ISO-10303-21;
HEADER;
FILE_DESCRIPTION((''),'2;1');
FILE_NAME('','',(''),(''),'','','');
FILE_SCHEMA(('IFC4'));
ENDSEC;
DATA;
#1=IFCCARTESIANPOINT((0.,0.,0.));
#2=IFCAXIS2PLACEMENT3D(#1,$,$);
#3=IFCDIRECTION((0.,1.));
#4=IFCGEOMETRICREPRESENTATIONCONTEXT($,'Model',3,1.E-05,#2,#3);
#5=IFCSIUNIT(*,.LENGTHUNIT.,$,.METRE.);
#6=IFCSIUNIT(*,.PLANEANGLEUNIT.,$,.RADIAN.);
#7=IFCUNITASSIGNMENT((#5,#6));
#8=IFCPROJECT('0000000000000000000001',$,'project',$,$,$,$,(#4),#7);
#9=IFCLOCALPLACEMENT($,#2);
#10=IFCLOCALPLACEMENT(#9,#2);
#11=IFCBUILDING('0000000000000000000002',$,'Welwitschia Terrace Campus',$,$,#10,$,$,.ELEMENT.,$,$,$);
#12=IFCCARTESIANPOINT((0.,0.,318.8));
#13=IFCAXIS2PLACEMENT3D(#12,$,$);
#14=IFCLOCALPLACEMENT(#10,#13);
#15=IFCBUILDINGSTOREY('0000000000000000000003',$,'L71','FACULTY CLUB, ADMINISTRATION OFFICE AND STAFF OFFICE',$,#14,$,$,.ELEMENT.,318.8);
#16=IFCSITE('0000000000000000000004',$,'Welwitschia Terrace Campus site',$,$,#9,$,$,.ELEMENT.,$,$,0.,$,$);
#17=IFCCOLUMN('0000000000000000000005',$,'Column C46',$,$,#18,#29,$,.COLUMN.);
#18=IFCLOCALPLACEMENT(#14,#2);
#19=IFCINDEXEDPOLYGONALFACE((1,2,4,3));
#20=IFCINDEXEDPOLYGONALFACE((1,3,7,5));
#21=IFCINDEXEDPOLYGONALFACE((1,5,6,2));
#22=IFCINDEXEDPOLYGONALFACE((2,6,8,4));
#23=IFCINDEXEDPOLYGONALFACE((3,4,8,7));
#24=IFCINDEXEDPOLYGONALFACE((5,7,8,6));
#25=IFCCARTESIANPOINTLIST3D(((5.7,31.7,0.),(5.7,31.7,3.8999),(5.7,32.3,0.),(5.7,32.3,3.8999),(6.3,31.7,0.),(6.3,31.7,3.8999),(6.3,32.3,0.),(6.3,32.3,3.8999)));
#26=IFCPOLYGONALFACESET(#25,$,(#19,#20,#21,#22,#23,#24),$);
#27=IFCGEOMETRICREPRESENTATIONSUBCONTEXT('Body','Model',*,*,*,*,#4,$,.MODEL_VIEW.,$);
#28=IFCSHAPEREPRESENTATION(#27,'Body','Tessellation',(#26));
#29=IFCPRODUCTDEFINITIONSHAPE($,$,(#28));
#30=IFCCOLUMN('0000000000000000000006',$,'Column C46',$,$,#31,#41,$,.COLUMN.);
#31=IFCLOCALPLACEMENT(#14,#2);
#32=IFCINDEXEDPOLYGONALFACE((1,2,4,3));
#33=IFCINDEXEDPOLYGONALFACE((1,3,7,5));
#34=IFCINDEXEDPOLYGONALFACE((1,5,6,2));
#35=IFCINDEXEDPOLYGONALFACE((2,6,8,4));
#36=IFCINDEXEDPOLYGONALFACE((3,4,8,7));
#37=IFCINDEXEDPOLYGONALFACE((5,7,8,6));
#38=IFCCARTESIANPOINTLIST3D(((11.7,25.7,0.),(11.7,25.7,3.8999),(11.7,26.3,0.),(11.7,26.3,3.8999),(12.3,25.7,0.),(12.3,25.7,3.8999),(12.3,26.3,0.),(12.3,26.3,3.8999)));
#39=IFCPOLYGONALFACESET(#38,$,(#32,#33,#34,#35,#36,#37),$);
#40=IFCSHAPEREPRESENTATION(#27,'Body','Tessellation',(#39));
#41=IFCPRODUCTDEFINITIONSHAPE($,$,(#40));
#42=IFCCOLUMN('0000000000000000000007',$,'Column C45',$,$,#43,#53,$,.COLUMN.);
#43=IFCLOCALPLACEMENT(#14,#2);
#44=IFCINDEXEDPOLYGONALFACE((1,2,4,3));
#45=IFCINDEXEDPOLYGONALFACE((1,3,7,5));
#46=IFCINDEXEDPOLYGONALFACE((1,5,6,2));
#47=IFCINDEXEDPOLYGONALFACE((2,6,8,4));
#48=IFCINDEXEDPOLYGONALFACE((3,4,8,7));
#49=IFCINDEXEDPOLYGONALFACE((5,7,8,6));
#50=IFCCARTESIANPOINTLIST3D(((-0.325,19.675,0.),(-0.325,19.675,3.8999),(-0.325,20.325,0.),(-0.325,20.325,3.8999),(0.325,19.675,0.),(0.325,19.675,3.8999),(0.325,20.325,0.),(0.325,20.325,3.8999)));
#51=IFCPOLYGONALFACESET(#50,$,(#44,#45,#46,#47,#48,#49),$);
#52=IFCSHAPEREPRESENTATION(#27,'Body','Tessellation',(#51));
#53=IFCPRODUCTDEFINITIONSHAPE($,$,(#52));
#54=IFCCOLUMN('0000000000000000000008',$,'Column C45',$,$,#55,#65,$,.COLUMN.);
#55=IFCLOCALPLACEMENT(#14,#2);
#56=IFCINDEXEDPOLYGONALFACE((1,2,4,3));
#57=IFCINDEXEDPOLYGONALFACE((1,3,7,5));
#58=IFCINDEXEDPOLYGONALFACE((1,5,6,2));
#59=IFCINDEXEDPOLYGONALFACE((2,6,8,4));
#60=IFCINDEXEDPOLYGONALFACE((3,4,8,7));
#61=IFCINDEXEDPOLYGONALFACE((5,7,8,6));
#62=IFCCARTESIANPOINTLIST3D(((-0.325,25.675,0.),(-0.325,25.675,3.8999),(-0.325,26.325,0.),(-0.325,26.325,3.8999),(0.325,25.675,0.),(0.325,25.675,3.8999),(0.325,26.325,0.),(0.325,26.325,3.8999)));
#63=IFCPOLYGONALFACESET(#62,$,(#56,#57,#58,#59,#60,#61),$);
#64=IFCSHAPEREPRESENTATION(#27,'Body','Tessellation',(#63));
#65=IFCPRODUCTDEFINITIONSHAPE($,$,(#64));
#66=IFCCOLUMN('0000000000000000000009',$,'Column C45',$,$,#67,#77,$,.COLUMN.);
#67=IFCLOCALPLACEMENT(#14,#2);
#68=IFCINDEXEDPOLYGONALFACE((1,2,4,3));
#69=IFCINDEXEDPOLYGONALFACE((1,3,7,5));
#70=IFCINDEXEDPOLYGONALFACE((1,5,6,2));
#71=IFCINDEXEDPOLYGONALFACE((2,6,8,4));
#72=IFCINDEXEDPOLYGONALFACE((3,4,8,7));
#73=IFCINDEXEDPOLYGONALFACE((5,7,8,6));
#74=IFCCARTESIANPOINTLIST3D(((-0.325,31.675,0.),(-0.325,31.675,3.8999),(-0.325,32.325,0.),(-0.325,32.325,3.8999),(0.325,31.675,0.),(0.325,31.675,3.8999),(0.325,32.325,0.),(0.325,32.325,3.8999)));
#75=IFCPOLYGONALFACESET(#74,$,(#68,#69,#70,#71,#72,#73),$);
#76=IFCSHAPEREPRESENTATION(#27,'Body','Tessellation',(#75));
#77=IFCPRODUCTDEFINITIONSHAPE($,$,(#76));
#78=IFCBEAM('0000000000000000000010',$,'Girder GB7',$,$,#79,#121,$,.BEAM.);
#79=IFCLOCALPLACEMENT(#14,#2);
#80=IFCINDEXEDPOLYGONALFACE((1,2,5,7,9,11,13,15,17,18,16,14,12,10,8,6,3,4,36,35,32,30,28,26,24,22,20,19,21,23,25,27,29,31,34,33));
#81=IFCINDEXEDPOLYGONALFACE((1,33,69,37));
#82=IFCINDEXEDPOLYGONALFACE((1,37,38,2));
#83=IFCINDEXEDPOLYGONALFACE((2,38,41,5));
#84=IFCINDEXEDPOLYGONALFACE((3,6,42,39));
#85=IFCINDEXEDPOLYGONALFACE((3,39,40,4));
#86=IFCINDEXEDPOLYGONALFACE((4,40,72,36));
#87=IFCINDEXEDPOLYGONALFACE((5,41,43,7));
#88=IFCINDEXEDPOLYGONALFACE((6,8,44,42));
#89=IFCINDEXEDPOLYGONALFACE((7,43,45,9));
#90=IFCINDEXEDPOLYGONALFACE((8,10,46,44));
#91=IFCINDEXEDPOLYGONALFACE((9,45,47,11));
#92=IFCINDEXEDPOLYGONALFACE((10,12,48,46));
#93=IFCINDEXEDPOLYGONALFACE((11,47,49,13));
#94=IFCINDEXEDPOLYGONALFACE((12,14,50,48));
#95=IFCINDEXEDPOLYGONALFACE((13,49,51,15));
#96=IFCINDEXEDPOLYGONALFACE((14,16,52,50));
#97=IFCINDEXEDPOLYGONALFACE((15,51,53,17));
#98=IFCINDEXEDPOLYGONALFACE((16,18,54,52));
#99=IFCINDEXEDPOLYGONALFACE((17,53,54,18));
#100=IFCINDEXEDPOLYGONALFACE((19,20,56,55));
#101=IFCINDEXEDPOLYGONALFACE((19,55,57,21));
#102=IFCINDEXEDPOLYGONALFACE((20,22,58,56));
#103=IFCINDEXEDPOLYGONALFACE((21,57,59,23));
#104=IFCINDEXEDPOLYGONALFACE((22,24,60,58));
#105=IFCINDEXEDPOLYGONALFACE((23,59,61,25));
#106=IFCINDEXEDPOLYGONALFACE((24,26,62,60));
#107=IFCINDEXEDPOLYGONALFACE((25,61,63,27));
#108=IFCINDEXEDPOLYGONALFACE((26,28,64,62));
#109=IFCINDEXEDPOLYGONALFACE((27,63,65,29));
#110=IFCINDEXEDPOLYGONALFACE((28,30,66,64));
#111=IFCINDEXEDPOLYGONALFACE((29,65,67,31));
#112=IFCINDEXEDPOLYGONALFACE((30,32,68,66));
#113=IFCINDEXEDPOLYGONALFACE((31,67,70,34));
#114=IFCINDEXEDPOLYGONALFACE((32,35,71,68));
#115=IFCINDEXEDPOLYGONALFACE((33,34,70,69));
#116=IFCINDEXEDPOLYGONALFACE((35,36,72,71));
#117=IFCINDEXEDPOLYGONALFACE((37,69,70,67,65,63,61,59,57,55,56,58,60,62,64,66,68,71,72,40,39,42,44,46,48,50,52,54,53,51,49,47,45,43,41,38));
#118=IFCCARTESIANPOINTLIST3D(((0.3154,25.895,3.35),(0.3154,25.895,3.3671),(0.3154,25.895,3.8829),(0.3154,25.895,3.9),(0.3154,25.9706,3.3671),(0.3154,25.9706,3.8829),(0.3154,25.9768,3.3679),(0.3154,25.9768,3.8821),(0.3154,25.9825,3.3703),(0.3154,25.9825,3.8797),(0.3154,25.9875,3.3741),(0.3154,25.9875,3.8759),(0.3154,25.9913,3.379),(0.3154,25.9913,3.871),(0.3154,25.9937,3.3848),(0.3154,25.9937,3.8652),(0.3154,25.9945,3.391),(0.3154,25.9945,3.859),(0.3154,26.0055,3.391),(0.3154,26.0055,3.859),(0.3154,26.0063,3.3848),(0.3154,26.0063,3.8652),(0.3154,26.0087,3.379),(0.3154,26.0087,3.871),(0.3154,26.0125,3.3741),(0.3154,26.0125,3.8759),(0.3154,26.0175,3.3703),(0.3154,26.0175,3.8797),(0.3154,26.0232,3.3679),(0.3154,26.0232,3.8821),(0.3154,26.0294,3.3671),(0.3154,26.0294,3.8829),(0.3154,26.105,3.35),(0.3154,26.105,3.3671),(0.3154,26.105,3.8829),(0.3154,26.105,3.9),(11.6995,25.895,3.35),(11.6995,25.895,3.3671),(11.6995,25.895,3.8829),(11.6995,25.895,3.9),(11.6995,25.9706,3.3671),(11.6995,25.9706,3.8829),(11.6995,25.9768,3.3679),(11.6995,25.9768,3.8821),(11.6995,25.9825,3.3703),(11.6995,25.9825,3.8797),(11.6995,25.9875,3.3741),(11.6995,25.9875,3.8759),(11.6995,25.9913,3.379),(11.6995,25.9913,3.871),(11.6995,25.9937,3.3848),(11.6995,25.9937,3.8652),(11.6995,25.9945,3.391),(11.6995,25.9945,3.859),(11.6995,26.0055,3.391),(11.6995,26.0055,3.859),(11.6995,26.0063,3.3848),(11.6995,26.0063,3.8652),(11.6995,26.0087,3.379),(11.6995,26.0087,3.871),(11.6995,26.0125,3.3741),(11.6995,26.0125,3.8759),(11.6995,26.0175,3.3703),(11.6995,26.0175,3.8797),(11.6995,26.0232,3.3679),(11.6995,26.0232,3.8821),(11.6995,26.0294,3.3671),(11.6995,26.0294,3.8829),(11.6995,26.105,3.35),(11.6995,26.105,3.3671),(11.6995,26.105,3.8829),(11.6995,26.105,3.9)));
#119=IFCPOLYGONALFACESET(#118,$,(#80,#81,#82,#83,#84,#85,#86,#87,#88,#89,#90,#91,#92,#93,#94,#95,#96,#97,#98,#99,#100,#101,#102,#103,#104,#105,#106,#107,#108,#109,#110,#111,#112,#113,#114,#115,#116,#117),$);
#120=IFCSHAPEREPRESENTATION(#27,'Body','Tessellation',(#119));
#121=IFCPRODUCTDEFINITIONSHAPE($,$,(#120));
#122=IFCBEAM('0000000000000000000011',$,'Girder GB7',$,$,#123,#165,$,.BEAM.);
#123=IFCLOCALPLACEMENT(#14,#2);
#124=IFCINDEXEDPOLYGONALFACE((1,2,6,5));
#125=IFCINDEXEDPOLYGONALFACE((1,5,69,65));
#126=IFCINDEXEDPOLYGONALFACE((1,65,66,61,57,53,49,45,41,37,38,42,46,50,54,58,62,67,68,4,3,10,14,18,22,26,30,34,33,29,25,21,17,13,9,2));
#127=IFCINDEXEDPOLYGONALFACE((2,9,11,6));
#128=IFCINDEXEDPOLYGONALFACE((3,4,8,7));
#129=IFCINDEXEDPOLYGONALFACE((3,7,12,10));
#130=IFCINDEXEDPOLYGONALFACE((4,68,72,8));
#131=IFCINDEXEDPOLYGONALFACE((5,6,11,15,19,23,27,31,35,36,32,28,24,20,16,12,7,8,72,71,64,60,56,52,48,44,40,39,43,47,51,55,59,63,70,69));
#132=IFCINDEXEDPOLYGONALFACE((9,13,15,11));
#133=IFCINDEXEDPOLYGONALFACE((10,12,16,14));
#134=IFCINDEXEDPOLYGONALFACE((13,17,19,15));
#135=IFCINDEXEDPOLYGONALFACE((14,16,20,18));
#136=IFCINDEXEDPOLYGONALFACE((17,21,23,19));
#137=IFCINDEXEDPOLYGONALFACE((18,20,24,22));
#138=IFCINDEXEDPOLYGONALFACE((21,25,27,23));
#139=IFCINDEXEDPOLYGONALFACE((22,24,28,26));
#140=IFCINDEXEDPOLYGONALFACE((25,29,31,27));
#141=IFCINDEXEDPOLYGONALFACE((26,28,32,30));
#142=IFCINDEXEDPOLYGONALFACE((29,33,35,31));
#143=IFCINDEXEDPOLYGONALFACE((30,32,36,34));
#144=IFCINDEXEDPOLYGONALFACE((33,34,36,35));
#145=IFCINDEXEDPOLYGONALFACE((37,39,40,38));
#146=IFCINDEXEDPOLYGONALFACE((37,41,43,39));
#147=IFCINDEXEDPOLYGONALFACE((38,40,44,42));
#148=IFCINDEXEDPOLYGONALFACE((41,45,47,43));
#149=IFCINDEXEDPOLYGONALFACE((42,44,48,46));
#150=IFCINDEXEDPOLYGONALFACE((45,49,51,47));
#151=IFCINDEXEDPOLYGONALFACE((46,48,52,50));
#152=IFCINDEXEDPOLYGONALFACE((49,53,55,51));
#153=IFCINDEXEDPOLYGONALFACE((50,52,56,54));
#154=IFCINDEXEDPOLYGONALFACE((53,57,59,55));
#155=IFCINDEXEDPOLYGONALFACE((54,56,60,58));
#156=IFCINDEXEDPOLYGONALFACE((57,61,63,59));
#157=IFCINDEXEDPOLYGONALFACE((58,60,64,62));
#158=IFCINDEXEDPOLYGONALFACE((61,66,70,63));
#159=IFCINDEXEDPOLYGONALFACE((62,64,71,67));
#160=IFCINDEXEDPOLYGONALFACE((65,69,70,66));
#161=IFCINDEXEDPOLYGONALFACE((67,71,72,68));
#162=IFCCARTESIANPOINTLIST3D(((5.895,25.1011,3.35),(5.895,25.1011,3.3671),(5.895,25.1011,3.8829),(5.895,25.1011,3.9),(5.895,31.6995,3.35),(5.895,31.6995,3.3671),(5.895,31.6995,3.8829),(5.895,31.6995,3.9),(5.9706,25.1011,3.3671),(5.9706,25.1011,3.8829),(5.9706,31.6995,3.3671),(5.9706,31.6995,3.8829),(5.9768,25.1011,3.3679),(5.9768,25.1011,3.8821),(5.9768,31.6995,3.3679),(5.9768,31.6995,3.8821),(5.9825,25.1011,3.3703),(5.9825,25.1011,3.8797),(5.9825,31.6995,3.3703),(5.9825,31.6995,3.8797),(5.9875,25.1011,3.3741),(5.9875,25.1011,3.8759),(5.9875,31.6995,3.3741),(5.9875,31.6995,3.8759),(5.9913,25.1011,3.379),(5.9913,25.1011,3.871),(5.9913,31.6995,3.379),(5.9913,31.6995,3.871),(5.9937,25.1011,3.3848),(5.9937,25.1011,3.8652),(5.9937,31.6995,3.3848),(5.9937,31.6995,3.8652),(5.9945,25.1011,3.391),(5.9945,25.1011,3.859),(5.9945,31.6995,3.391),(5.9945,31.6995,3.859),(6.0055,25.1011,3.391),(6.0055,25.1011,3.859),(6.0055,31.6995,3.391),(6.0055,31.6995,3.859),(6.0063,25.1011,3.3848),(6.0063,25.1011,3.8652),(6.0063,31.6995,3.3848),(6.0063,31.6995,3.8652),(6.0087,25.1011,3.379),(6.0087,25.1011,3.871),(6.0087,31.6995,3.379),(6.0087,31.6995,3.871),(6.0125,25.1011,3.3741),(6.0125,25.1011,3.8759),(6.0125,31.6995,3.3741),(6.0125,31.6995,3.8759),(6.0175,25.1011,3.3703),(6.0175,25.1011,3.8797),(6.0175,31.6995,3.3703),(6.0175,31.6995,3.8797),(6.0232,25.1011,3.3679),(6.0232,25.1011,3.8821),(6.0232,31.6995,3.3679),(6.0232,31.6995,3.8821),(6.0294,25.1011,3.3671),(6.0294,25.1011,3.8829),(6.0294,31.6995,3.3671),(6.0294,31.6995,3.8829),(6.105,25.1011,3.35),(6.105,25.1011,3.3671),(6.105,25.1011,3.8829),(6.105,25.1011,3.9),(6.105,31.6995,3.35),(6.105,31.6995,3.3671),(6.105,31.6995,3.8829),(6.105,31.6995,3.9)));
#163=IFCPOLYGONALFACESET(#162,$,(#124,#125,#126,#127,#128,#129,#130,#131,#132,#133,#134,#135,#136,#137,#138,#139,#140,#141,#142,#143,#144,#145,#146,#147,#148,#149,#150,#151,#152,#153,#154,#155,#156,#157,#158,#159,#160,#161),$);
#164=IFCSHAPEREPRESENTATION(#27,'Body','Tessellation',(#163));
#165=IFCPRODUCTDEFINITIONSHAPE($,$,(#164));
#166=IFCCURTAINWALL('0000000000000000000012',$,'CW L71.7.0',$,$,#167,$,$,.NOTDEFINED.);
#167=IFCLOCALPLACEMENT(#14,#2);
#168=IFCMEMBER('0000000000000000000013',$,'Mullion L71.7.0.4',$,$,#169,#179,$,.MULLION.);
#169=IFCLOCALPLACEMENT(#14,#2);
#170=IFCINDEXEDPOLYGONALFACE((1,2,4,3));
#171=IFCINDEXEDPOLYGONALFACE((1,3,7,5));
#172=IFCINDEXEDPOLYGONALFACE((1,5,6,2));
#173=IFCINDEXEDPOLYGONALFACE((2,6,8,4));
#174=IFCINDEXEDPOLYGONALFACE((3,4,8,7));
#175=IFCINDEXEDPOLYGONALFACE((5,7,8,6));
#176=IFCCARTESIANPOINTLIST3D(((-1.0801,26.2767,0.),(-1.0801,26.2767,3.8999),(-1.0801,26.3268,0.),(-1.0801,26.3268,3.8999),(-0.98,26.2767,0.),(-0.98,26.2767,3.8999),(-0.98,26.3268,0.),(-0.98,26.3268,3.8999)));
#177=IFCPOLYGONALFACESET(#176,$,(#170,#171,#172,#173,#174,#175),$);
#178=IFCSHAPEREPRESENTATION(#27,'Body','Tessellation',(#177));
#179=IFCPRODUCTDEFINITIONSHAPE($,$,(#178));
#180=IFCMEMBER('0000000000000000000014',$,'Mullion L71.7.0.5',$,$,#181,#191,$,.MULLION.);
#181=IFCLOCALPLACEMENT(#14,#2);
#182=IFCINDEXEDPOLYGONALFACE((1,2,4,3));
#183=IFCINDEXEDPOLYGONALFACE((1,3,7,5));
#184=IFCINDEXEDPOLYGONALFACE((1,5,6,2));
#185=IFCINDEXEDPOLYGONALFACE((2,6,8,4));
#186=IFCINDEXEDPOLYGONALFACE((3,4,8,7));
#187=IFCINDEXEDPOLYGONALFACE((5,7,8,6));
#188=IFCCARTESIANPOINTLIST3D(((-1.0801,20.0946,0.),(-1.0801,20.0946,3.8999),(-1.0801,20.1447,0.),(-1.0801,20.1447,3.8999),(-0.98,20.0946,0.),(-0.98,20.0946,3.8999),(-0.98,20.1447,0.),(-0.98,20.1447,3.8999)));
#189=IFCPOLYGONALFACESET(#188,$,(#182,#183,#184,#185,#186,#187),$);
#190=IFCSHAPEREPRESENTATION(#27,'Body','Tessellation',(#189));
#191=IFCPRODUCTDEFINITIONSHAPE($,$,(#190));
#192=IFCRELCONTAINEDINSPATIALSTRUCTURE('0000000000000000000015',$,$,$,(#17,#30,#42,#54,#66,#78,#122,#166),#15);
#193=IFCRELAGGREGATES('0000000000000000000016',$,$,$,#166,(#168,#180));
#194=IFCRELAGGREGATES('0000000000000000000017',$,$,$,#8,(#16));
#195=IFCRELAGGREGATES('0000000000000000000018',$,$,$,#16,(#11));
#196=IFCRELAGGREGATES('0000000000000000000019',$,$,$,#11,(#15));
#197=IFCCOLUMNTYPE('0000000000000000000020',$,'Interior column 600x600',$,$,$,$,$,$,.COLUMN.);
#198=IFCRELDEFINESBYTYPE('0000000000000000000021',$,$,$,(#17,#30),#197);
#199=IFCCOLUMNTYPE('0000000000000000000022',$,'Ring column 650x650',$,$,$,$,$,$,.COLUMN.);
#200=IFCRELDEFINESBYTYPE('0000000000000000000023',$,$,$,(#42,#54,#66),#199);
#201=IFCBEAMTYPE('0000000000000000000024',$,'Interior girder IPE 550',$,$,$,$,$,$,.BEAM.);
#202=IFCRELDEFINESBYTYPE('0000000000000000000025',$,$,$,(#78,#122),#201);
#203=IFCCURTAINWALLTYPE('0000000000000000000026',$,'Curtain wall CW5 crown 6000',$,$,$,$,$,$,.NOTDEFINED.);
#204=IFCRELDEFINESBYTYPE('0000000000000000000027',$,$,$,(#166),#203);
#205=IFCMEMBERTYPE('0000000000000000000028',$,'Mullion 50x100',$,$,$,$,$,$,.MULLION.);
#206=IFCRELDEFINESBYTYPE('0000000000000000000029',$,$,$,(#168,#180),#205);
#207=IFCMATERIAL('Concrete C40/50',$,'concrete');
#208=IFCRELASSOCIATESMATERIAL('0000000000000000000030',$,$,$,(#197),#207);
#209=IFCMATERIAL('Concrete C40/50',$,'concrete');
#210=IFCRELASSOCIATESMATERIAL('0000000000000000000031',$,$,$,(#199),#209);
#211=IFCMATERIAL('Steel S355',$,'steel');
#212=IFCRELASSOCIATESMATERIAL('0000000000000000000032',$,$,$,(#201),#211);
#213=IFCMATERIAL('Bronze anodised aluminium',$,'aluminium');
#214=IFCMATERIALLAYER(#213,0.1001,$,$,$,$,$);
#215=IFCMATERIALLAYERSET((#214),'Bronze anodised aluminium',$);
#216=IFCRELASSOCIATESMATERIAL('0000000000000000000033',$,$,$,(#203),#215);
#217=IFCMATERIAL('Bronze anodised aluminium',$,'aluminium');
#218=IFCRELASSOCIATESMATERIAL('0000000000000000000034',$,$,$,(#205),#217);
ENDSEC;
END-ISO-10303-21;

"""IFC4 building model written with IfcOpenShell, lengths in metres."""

from ifc_helpers import new_model, si_unit, direction, frame, origin, origin_2d, place, context, subcontext, project, spatial, rectangle, i_section, extrude, material, layer, layer_set, material_profile, profile_set, type_object, element, aggregate, save


model = new_model("IFC4")

# Units and contexts
model_context = context("Model", 3, precision=1e-05, world=origin(), true_north=direction((0.0, 1.0)))
body_context = subcontext(model_context, "Body", "Model", "MODEL_VIEW")
ifc_project = project(units=[si_unit("LENGTHUNIT", "METRE"), si_unit("PLANEANGLEUNIT", "RADIAN")], contexts=[model_context])

# Site, building, storey
site_placement = place(None, origin())
site = spatial("IfcSite", under=ifc_project, at=site_placement, Name="Welwitschia Terrace Campus site", CompositionType="ELEMENT", RefElevation=0.0)
building_placement = place(site_placement, origin())
building = spatial("IfcBuilding", under=site, at=building_placement, Name="Welwitschia Terrace Campus", CompositionType="ELEMENT")
storey_placement = place(building_placement, frame((0.0, 0.0, 318.8)))
storey = spatial("IfcBuildingStorey", under=building, at=storey_placement, Name="L71", Description="FACULTY CLUB, ADMINISTRATION OFFICE AND STAFF OFFICE", CompositionType="ELEMENT", Elevation=318.8)

# Columns
ifc_material_1 = material(Name="Concrete C40/50", Category="concrete")
ifc_material_profile_1 = material_profile(ifc_material_1, rectangle(XDim=0.6001, YDim=0.6001, at=origin_2d()))
ifc_profile_set_1 = profile_set([ifc_material_profile_1], Name="Concrete C40/50")
column_type_1 = type_object("IfcColumnType", Name="Interior column 600x600", PredefinedType="COLUMN", material=ifc_profile_set_1)
for number, where, z_axis, x_axis, name in (
    (1, (6.0, 32.0, 0.0), (0.0, 0.0, 1.0), (1.0, 0.0, 0.0), "Column C46"),
    (2, (12.0, 26.0, 0.0), (0.0, 0.0, 1.0), (1.0, 0.0, 0.0), "Column C46"),
):
    element("IfcColumn", number, at=place(storey_placement, frame(where, z_axis=z_axis, x_axis=x_axis)), inside=storey, type_object=column_type_1, Name=name, PredefinedType="COLUMN", context=body_context, shape_type="SweptSolid", body=[
        extrude(rectangle(XDim=0.6001, YDim=0.6001, at=origin_2d()), origin(), (0.0, 0.0, 1.0), 3.8999),
    ])
ifc_material_2 = material(Name="Concrete C40/50", Category="concrete")
ifc_material_profile_2 = material_profile(ifc_material_2, rectangle(XDim=0.6499, YDim=0.6499, at=origin_2d()))
ifc_profile_set_2 = profile_set([ifc_material_profile_2], Name="Concrete C40/50")
column_type_2 = type_object("IfcColumnType", Name="Ring column 650x650", PredefinedType="COLUMN", material=ifc_profile_set_2)
for number, where, z_axis, x_axis, name in (
    (3, (0.0, 20.0, 0.0), (0.0, 0.0, 1.0), (1.0, 0.0, 0.0), "Column C45"),
    (4, (0.0, 26.0, 0.0), (0.0, 0.0, 1.0), (1.0, 0.0, 0.0), "Column C45"),
    (5, (0.0, 32.0, 0.0), (0.0, 0.0, 1.0), (1.0, 0.0, 0.0), "Column C45"),
):
    element("IfcColumn", number, at=place(storey_placement, frame(where, z_axis=z_axis, x_axis=x_axis)), inside=storey, type_object=column_type_2, Name=name, PredefinedType="COLUMN", context=body_context, shape_type="SweptSolid", body=[
        extrude(rectangle(XDim=0.6499, YDim=0.6499, at=origin_2d()), origin(), (0.0, 0.0, 1.0), 3.8999),
    ])

# Beams
ifc_material_3 = material(Name="Steel S355", Category="steel")
ifc_material_profile_3 = material_profile(ifc_material_3, i_section(OverallWidth=0.21, OverallDepth=0.55, WebThickness=0.011, FlangeThickness=0.0171, FilletRadius=0.0239, at=origin_2d()))
ifc_profile_set_3 = profile_set([ifc_material_profile_3], Name="Steel S355")
beam_type_1 = type_object("IfcBeamType", Name="Interior girder IPE 550", PredefinedType="BEAM", material=ifc_profile_set_3)
beam_1_placement = place(storey_placement, frame((0.3154, 26.0, 3.625), z_axis=(1.0, 0.0, 0.0), x_axis=(0.0, 1.0, 0.0)))
element("IfcBeam", 6, at=beam_1_placement, inside=storey, type_object=beam_type_1, Name="Girder GB7", PredefinedType="BEAM", context=body_context, shape_type="SweptSolid", body=[
    extrude(i_section(OverallWidth=0.21, OverallDepth=0.55, WebThickness=0.011, FlangeThickness=0.0171, FilletRadius=0.0239, at=origin_2d()), origin(), (0.0, 0.0, 1.0), 11.384),
])
beam_2_placement = place(storey_placement, frame((6.0, 25.1011, 3.625), z_axis=(0.0, 1.0, 0.0), x_axis=(-1.0, 0.0, 0.0)))
element("IfcBeam", 7, at=beam_2_placement, inside=storey, type_object=beam_type_1, Name="Girder GB7", PredefinedType="BEAM", context=body_context, shape_type="SweptSolid", body=[
    extrude(i_section(OverallWidth=0.21, OverallDepth=0.55, WebThickness=0.011, FlangeThickness=0.0171, FilletRadius=0.0239, at=origin_2d()), origin(), (0.0, 0.0, 1.0), 6.5984),
])

# Curtain wall, members
ifc_material_4 = material(Name="Bronze anodised aluminium", Category="aluminium")
ifc_layer_1 = layer(ifc_material_4, 0.1001)
ifc_layer_set_1 = layer_set([ifc_layer_1], Name="Bronze anodised aluminium")
curtain_wall_type = type_object("IfcCurtainWallType", Name="Curtain wall CW5 crown 6000", PredefinedType="NOTDEFINED", material=ifc_layer_set_1)
curtain_wall_placement = place(storey_placement, origin())
curtain_wall = element("IfcCurtainWall", 8, at=curtain_wall_placement, inside=storey, type_object=curtain_wall_type, Name="CW L71.7.0", PredefinedType="NOTDEFINED")
ifc_material_5 = material(Name="Bronze anodised aluminium", Category="aluminium")
ifc_material_profile_4 = material_profile(ifc_material_5, rectangle(XDim=0.1001, YDim=0.05, at=origin_2d()))
ifc_profile_set_4 = profile_set([ifc_material_profile_4], Name="Bronze anodised aluminium")
member_type = type_object("IfcMemberType", Name="Mullion 50x100", PredefinedType="MULLION", material=ifc_profile_set_4)
member_1_placement = place(storey_placement, frame((-1.03, 26.3018, 0.0), z_axis=(0.0, 0.0, 1.0), x_axis=(1.0, 0.0, 0.0)))
member_1 = element("IfcMember", 9, at=member_1_placement, type_object=member_type, Name="Mullion L71.7.0.4", PredefinedType="MULLION", context=body_context, shape_type="SweptSolid", body=[
    extrude(rectangle(XDim=0.1001, YDim=0.05, at=origin_2d()), origin(), (0.0, 0.0, 1.0), 3.8999),
])
member_2_placement = place(storey_placement, frame((-1.03, 20.1196, 0.0), z_axis=(0.0, 0.0, 1.0), x_axis=(1.0, 0.0, 0.0)))
member_2 = element("IfcMember", 10, at=member_2_placement, type_object=member_type, Name="Mullion L71.7.0.5", PredefinedType="MULLION", context=body_context, shape_type="SweptSolid", body=[
    extrude(rectangle(XDim=0.1001, YDim=0.05, at=origin_2d()), origin(), (0.0, 0.0, 1.0), 3.8999),
])

aggregate(curtain_wall, [member_1, member_2])

save(model, "model.ifc")
